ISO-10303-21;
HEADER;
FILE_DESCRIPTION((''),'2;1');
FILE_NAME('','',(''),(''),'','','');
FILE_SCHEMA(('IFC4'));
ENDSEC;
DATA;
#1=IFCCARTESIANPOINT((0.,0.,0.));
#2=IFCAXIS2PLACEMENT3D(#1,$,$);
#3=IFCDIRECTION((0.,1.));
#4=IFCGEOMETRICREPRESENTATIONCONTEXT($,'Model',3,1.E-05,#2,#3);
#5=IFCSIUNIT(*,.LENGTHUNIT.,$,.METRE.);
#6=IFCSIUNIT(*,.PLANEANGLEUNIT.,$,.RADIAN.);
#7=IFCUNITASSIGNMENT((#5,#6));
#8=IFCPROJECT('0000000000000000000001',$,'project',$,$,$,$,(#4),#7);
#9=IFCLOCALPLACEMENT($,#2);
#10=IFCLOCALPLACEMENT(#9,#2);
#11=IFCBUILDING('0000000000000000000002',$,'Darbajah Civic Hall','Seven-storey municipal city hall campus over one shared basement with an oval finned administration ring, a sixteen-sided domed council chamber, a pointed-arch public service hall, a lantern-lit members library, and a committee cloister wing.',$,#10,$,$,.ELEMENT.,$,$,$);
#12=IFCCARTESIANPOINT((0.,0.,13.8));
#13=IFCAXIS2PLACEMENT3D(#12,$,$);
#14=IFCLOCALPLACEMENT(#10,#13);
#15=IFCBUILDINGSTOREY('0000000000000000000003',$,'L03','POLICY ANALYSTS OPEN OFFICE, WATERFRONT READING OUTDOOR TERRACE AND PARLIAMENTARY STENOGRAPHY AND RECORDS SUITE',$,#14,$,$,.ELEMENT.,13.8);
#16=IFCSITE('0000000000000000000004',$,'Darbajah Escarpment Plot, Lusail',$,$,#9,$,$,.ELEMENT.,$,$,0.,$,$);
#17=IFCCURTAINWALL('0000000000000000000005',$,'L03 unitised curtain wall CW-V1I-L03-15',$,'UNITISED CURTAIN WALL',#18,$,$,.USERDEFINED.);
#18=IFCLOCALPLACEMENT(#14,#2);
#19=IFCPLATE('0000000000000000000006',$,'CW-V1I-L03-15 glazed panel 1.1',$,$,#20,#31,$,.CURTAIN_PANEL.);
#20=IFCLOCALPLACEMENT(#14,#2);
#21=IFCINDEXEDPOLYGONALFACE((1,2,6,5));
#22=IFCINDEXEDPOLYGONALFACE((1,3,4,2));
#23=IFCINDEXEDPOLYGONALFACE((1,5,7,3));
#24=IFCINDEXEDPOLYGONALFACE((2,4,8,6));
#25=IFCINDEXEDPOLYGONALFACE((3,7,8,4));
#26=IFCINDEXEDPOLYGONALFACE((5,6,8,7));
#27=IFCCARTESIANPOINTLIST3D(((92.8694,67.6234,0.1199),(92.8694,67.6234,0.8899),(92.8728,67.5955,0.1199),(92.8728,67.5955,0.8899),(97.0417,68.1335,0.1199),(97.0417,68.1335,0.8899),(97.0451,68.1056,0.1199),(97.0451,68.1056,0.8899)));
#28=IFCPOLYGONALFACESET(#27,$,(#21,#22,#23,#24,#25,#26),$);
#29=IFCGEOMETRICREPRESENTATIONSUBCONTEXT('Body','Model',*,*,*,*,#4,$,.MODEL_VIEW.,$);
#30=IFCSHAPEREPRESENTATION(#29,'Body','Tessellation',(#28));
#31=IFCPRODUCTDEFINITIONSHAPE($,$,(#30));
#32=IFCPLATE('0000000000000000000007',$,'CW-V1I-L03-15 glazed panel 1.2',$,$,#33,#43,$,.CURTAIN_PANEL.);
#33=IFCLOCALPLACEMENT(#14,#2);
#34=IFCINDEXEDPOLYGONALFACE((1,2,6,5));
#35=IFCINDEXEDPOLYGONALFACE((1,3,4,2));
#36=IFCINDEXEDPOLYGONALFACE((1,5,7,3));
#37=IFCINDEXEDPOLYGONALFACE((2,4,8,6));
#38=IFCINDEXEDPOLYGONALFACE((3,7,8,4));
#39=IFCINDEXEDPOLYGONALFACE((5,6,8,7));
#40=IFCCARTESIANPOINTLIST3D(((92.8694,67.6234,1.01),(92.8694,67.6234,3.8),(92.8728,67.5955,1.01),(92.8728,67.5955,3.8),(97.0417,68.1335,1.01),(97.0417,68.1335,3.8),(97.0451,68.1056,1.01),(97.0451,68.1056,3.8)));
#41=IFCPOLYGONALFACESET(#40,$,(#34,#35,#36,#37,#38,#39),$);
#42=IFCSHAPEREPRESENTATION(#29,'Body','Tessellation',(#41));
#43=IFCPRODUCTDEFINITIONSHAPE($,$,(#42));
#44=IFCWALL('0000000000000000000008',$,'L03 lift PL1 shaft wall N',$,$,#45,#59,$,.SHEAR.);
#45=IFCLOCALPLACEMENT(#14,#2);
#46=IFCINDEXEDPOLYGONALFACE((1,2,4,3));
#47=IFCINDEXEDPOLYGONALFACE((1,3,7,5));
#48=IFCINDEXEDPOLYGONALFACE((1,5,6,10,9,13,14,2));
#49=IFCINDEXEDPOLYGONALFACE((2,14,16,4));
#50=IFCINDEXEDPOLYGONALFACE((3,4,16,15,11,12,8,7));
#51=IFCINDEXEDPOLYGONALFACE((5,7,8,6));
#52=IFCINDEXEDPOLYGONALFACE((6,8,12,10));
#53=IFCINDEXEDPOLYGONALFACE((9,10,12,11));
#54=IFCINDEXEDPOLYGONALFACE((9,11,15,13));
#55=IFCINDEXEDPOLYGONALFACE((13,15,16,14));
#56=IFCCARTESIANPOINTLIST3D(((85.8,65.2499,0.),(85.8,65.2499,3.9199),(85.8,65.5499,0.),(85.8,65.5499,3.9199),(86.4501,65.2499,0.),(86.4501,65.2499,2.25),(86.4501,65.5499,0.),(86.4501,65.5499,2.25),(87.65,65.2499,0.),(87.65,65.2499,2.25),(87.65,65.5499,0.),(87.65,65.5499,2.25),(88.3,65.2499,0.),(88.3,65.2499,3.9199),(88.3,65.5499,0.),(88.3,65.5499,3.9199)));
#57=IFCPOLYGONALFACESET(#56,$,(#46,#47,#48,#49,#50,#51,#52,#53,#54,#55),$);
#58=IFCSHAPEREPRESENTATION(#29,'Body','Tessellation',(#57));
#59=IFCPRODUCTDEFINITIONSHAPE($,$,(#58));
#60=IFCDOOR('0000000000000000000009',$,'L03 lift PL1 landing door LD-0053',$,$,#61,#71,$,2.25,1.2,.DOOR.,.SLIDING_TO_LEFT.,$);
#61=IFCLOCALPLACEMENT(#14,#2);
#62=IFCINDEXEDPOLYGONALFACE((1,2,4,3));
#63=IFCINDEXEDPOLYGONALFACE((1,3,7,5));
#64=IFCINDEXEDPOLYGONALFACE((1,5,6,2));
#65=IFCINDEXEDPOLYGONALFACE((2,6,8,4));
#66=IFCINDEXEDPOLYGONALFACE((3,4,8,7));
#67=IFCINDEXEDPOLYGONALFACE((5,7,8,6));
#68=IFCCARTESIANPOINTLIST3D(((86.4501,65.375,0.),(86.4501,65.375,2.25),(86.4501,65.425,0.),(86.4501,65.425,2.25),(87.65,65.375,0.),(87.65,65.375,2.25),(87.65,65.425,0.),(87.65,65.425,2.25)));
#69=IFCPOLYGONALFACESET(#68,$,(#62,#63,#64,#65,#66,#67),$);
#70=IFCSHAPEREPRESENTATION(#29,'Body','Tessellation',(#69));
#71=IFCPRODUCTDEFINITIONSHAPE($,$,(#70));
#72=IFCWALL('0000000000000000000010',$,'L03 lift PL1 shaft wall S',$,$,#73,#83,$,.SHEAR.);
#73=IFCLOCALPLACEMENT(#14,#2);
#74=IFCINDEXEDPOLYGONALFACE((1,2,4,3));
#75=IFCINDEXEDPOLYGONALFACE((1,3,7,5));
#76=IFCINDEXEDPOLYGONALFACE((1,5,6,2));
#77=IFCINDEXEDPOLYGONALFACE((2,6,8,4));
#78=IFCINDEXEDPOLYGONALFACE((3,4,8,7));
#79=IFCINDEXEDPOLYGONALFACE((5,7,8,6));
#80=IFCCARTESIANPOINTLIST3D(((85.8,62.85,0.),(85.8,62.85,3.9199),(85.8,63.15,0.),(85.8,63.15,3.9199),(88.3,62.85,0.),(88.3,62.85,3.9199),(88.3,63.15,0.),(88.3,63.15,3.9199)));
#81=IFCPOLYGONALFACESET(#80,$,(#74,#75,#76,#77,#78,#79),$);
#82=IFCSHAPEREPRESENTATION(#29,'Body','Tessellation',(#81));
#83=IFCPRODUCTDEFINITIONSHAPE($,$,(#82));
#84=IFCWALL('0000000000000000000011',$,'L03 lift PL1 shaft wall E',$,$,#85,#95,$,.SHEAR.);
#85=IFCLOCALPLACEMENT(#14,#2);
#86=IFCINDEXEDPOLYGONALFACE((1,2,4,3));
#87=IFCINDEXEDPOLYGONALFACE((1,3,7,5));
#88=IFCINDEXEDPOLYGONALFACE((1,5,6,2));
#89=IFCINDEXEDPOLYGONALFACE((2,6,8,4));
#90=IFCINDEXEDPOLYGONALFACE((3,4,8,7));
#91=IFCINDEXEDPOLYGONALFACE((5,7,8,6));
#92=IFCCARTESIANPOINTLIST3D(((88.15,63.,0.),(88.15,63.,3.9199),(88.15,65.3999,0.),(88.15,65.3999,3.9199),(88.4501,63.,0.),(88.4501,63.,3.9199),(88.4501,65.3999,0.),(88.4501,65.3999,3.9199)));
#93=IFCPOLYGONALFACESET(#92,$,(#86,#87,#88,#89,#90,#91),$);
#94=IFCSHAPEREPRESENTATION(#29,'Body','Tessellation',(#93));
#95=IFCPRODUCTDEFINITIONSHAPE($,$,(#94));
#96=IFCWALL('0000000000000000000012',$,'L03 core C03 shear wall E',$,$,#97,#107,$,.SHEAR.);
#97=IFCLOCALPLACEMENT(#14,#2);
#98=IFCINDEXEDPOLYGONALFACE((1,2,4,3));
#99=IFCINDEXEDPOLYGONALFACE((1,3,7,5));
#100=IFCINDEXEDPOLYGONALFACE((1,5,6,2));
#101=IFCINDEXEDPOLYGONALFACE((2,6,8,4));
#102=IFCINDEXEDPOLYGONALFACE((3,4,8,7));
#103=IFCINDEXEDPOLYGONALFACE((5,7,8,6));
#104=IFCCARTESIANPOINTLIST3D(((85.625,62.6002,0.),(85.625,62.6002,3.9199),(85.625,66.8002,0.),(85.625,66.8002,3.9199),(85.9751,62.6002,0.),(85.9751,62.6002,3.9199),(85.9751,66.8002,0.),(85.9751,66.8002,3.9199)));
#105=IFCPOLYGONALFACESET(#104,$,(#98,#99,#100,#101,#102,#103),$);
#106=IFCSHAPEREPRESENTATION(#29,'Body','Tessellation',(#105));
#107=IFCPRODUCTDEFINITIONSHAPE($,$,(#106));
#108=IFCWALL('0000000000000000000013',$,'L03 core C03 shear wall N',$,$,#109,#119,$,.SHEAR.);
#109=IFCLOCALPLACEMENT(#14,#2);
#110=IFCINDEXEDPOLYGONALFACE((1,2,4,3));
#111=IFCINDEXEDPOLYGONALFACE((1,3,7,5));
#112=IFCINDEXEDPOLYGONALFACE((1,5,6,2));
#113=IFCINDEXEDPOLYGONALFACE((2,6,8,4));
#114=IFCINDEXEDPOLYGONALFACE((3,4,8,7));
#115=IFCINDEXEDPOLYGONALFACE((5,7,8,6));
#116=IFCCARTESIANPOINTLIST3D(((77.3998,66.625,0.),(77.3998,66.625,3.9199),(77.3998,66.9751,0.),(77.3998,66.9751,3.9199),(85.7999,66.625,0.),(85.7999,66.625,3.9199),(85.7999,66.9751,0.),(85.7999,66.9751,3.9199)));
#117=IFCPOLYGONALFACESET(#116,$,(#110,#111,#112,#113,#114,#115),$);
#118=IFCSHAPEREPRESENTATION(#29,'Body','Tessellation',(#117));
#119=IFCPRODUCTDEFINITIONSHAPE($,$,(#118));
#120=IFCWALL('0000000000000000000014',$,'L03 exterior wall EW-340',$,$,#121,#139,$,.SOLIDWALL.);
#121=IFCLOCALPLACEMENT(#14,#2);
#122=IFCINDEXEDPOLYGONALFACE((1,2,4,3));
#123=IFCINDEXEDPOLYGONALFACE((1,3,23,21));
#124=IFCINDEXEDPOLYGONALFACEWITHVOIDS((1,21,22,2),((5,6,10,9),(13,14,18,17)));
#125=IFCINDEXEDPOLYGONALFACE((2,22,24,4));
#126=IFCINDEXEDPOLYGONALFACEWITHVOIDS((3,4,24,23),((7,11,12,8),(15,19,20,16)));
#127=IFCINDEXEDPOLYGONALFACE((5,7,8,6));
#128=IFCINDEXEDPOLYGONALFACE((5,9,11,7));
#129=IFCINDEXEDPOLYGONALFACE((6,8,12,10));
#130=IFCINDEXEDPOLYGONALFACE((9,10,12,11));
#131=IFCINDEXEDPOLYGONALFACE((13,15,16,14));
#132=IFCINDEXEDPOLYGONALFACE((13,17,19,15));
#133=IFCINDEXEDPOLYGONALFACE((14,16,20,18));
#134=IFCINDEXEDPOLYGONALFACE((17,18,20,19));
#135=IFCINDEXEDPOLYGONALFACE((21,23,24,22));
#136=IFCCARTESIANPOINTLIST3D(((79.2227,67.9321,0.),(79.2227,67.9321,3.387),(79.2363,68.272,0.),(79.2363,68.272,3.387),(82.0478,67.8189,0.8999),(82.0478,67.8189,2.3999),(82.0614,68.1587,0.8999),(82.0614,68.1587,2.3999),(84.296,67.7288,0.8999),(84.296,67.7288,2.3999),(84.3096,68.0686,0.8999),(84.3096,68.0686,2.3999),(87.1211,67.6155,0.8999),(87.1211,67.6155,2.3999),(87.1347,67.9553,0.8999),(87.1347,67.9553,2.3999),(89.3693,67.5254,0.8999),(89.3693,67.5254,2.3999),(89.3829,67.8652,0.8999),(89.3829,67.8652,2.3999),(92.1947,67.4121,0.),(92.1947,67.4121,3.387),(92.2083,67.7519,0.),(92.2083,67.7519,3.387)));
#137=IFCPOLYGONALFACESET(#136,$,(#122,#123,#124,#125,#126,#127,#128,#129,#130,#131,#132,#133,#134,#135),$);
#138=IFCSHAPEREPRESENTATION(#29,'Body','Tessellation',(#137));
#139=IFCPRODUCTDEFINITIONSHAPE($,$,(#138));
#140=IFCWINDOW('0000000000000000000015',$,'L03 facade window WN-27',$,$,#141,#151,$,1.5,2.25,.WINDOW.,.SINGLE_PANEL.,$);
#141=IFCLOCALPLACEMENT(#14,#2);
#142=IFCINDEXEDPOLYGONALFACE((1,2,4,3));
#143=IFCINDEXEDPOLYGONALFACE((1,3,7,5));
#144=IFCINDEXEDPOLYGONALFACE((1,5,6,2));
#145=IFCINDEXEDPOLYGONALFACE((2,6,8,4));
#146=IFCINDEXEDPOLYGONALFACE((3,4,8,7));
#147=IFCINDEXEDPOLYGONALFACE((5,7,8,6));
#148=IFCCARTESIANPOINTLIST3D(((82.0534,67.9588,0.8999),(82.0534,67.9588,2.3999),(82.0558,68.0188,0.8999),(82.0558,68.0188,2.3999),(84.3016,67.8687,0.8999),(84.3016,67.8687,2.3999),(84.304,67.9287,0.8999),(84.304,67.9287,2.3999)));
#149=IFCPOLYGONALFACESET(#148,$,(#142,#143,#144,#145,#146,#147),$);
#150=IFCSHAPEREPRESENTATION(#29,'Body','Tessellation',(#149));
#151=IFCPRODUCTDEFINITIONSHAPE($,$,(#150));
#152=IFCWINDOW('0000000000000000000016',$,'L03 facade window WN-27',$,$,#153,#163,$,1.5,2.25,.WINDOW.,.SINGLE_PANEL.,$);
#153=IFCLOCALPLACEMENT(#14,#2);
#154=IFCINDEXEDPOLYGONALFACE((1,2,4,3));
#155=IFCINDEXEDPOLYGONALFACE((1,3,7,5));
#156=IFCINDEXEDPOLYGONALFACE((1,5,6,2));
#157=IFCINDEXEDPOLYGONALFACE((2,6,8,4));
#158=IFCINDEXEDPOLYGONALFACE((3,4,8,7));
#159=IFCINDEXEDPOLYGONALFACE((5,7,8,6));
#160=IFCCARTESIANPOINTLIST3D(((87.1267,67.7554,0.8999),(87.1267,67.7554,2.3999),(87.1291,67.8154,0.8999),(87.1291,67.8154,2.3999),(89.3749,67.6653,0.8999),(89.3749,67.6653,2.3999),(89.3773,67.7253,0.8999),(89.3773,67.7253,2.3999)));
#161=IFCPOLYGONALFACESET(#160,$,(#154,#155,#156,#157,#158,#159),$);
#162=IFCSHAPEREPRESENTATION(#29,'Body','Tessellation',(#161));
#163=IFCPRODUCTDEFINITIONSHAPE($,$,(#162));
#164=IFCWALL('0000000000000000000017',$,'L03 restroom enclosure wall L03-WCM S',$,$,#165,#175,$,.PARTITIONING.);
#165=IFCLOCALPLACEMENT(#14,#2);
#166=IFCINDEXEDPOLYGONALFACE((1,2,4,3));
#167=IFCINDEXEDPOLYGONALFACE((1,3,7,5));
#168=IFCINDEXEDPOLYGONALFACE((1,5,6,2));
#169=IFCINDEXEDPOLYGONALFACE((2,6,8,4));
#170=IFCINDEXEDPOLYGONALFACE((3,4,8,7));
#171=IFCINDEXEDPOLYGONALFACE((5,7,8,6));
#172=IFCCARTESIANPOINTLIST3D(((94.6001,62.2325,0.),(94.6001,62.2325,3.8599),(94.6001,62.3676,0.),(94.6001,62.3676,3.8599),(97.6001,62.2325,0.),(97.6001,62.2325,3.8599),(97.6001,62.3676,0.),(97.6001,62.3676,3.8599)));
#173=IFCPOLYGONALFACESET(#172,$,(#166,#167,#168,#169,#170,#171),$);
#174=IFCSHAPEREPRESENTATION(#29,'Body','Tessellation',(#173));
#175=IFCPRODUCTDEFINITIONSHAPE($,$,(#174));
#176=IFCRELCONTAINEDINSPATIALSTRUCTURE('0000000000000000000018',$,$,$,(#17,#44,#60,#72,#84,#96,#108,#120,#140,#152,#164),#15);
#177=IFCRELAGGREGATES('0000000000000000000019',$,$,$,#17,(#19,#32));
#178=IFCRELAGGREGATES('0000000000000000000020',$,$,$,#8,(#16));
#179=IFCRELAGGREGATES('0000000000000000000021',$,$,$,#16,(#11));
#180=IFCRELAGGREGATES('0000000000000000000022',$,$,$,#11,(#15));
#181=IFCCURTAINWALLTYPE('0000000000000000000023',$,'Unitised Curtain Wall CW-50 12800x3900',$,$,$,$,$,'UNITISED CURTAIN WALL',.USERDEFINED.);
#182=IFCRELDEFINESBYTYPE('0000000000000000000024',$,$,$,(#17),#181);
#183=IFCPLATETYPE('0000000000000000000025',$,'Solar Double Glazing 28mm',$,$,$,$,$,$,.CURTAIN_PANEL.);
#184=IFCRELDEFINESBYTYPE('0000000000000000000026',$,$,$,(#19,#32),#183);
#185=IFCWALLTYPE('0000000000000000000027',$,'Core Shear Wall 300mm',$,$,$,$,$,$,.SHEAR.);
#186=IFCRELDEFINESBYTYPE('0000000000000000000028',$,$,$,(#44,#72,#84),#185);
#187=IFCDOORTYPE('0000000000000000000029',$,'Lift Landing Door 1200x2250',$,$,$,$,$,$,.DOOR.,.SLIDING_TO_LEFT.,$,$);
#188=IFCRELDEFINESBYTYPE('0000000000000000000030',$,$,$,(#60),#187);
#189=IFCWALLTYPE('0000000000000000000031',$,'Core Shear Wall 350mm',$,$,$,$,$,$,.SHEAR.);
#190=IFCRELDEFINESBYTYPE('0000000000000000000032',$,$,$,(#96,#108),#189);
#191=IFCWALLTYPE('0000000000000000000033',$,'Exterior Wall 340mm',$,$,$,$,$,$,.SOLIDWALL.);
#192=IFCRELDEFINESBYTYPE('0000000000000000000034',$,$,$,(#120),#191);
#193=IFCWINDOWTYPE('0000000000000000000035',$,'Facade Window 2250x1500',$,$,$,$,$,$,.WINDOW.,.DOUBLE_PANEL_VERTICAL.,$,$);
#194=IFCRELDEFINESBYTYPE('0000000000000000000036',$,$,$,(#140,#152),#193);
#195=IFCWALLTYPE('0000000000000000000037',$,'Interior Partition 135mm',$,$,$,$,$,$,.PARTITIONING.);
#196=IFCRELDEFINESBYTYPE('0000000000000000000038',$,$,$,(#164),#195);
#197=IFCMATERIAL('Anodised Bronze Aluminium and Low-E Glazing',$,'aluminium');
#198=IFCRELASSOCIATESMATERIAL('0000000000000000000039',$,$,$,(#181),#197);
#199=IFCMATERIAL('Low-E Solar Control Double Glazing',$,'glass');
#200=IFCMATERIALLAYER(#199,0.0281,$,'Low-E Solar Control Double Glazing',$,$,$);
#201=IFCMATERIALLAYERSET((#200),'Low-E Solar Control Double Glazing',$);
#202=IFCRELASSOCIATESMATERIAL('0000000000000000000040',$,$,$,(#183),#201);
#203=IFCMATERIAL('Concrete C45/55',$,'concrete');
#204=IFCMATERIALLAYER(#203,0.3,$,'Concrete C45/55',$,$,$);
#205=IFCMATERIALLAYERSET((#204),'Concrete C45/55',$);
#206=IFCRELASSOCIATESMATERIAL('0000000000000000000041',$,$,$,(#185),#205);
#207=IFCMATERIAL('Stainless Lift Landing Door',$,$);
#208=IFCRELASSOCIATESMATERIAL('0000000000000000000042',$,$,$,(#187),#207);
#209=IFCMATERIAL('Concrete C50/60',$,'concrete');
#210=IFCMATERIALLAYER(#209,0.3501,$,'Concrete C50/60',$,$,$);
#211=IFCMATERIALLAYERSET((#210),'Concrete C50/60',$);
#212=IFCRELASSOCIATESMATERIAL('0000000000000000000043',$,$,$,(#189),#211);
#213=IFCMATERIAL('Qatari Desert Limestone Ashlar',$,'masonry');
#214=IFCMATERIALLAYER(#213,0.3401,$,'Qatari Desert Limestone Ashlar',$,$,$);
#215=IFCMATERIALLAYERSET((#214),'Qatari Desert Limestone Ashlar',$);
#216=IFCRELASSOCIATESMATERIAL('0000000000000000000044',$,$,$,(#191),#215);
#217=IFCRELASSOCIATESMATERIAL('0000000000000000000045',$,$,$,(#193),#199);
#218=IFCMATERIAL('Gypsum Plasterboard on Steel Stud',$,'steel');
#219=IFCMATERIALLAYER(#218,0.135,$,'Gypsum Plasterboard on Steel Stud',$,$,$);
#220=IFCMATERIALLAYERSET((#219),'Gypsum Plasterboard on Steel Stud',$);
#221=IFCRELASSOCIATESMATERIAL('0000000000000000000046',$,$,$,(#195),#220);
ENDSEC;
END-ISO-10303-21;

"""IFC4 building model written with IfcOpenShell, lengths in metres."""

from ifc_helpers import new_model, si_unit, direction, frame, frame_2d, origin, origin_2d, place, context, subcontext, project, spatial, rectangle, extrude, material, layer, layer_set, type_object, element, fill, aggregate, save


model = new_model("IFC4")

# Units and contexts
model_context = context("Model", 3, precision=1e-05, world=origin(), true_north=direction((0.0, 1.0)))
body_context = subcontext(model_context, "Body", "Model", "MODEL_VIEW")
ifc_project = project(units=[si_unit("LENGTHUNIT", "METRE"), si_unit("PLANEANGLEUNIT", "RADIAN")], contexts=[model_context])

# Site, building, storey
site_placement = place(None, origin())
site = spatial("IfcSite", under=ifc_project, at=site_placement, Name="Darbajah Escarpment Plot, Lusail", CompositionType="ELEMENT", RefElevation=0.0)
building_placement = place(site_placement, origin())
building = spatial("IfcBuilding", under=site, at=building_placement, Name="Darbajah Civic Hall", Description="Seven-storey municipal city hall campus over one shared basement with an oval finned administration ring, a sixteen-sided domed council chamber, a pointed-arch public service hall, a lantern-lit members library, and a committee cloister wing.", CompositionType="ELEMENT")
storey_placement = place(building_placement, frame((0.0, 0.0, 13.8)))
storey = spatial("IfcBuildingStorey", under=building, at=storey_placement, Name="L03", Description="POLICY ANALYSTS OPEN OFFICE, WATERFRONT READING OUTDOOR TERRACE AND PARLIAMENTARY STENOGRAPHY AND RECORDS SUITE", CompositionType="ELEMENT", Elevation=13.8)

# Shared definitions
ifc_material_1 = material(Name="Concrete C45/55", Category="concrete")

# Curtain wall
ifc_material_2 = material(Name="Anodised Bronze Aluminium and Low-E Glazing", Category="aluminium")
curtain_wall_type = type_object("IfcCurtainWallType", Name="Unitised Curtain Wall CW-50 12800x3900", ElementType="UNITISED CURTAIN WALL", PredefinedType="USERDEFINED", material=ifc_material_2)
curtain_wall_placement = place(storey_placement, origin())
curtain_wall = element("IfcCurtainWall", 1, at=curtain_wall_placement, inside=storey, type_object=curtain_wall_type, Name="L03 unitised curtain wall CW-V1I-L03-15", ObjectType="UNITISED CURTAIN WALL", PredefinedType="USERDEFINED")

# Plates
ifc_material_3 = material(Name="Low-E Solar Control Double Glazing", Category="glass")
ifc_layer_1 = layer(ifc_material_3, 0.0281, Name="Low-E Solar Control Double Glazing")
ifc_layer_set_1 = layer_set([ifc_layer_1], Name="Low-E Solar Control Double Glazing")
plate_type = type_object("IfcPlateType", Name="Solar Double Glazing 28mm", PredefinedType="CURTAIN_PANEL", material=ifc_layer_set_1)
plate_1_placement = place(storey_placement, frame((94.9573, 67.8645, 0.1199), z_axis=(0.0, 0.0, 1.0), x_axis=(0.99261, 0.12135, 0.0)))
plate_1 = element("IfcPlate", 2, at=plate_1_placement, type_object=plate_type, Name="CW-V1I-L03-15 glazed panel 1.1", PredefinedType="CURTAIN_PANEL", context=body_context, shape_type="SweptSolid", body=[
    extrude(rectangle(XDim=4.2034, YDim=0.0281, at=origin_2d()), origin(), (0.0, 0.0, 1.0), 0.77),
])
plate_2_placement = place(storey_placement, frame((94.9573, 67.8645, 1.01), z_axis=(0.0, 0.0, 1.0), x_axis=(0.99261, 0.12135, 0.0)))
plate_2 = element("IfcPlate", 3, at=plate_2_placement, type_object=plate_type, Name="CW-V1I-L03-15 glazed panel 1.2", PredefinedType="CURTAIN_PANEL", context=body_context, shape_type="SweptSolid", body=[
    extrude(rectangle(XDim=4.2034, YDim=0.0281, at=origin_2d()), origin(), (0.0, 0.0, 1.0), 2.79),
])
aggregate(curtain_wall, [plate_1, plate_2])

# Wall, opening, door
ifc_layer_2 = layer(ifc_material_1, 0.3, Name="Concrete C45/55")
ifc_layer_set_2 = layer_set([ifc_layer_2], Name="Concrete C45/55")
wall_type_1 = type_object("IfcWallType", Name="Core Shear Wall 300mm", PredefinedType="SHEAR", material=ifc_layer_set_2)
wall_1_placement = place(storey_placement, frame((88.3, 65.3999, 0.0), z_axis=(0.0, 0.0, 1.0), x_axis=(-1.0, 0.0, 0.0)))
wall_1 = element("IfcWall", 4, at=wall_1_placement, inside=storey, type_object=wall_type_1, Name="L03 lift PL1 shaft wall N", PredefinedType="SHEAR", context=body_context, shape_type="SweptSolid", body=[
    extrude(rectangle(XDim=2.5, YDim=0.3, at=frame_2d((1.25, 0.0))), origin(), (0.0, 0.0, 1.0), 3.9199),
])
opening_1_placement = place(wall_1_placement, frame((0.6499, 0.0, 0.0)))
opening_1 = element("IfcOpeningElement", 5, at=opening_1_placement, cuts=wall_1, PredefinedType="OPENING", context=body_context, shape_type="SweptSolid", body=[
    extrude(rectangle(XDim=1.2, YDim=2.25, at=frame_2d((0.6001, 1.125))), frame((0.0, 0.1599, 0.0), z_axis=(0.0, -1.0, 0.0), x_axis=(1.0, 0.0, 0.0)), (0.0, 0.0, 1.0), 0.3201),
])
ifc_material_4 = material(Name="Stainless Lift Landing Door")
door_type_1 = type_object("IfcDoorType", Name="Lift Landing Door 1200x2250", OperationType="SLIDING_TO_LEFT", PredefinedType="DOOR", material=ifc_material_4)
door_1_placement = place(opening_1_placement, origin())
door_1 = element("IfcDoor", 6, at=door_1_placement, inside=storey, type_object=door_type_1, Name="L03 lift PL1 landing door LD-0053", OperationType="SLIDING_TO_LEFT", OverallHeight=2.25, OverallWidth=1.2, PredefinedType="DOOR", context=body_context, shape_type="SweptSolid", body=[
    extrude(rectangle(XDim=1.2, YDim=2.25, at=frame_2d((0.6001, 1.125))), frame((0.0, 0.0249, 0.0), z_axis=(0.0, -1.0, 0.0), x_axis=(1.0, 0.0, 0.0)), (0.0, 0.0, 1.0), 0.05),
])
fill(opening_1, door_1)

# Walls
wall_2_placement = place(storey_placement, frame((85.8, 63.0, 0.0), z_axis=(0.0, 0.0, 1.0), x_axis=(1.0, 0.0, 0.0)))
element("IfcWall", 7, at=wall_2_placement, inside=storey, type_object=wall_type_1, Name="L03 lift PL1 shaft wall S", PredefinedType="SHEAR", context=body_context, shape_type="SweptSolid", body=[
    extrude(rectangle(XDim=2.5, YDim=0.3, at=frame_2d((1.25, 0.0))), origin(), (0.0, 0.0, 1.0), 3.9199),
])
wall_3_placement = place(storey_placement, frame((88.3, 63.0, 0.0), z_axis=(0.0, 0.0, 1.0), x_axis=(0.0, 1.0, 0.0)))
element("IfcWall", 8, at=wall_3_placement, inside=storey, type_object=wall_type_1, Name="L03 lift PL1 shaft wall E", PredefinedType="SHEAR", context=body_context, shape_type="SweptSolid", body=[
    extrude(rectangle(XDim=2.3999, YDim=0.3, at=frame_2d((1.2, 0.0))), origin(), (0.0, 0.0, 1.0), 3.9199),
])
ifc_material_5 = material(Name="Concrete C50/60", Category="concrete")
ifc_layer_3 = layer(ifc_material_5, 0.3501, Name="Concrete C50/60")
ifc_layer_set_3 = layer_set([ifc_layer_3], Name="Concrete C50/60")
wall_type_2 = type_object("IfcWallType", Name="Core Shear Wall 350mm", PredefinedType="SHEAR", material=ifc_layer_set_3)
wall_4_placement = place(storey_placement, frame((85.8, 62.6001, 0.0), z_axis=(0.0, 0.0, 1.0), x_axis=(0.0, 1.0, 0.0)))
element("IfcWall", 9, at=wall_4_placement, inside=storey, type_object=wall_type_2, Name="L03 core C03 shear wall E", PredefinedType="SHEAR", context=body_context, shape_type="SweptSolid", body=[
    extrude(rectangle(XDim=4.2, YDim=0.3501, at=frame_2d((2.1001, 0.0))), origin(), (0.0, 0.0, 1.0), 3.9199),
])
wall_5_placement = place(storey_placement, frame((85.8, 66.8, 0.0), z_axis=(0.0, 0.0, 1.0), x_axis=(-1.0, 0.0, 0.0)))
element("IfcWall", 10, at=wall_5_placement, inside=storey, type_object=wall_type_2, Name="L03 core C03 shear wall N", PredefinedType="SHEAR", context=body_context, shape_type="SweptSolid", body=[
    extrude(rectangle(XDim=8.4001, YDim=0.3501, at=frame_2d((4.2002, 0.0))), origin(), (0.0, 0.0, 1.0), 3.9199),
])

# Wall, openings, windows
ifc_material_6 = material(Name="Qatari Desert Limestone Ashlar", Category="masonry")
ifc_layer_4 = layer(ifc_material_6, 0.3401, Name="Qatari Desert Limestone Ashlar")
ifc_layer_set_4 = layer_set([ifc_layer_4], Name="Qatari Desert Limestone Ashlar")
wall_type_3 = type_object("IfcWallType", Name="Exterior Wall 340mm", PredefinedType="SOLIDWALL", material=ifc_layer_set_4)
wall_6_placement = place(storey_placement, frame((79.2295, 68.1021, 0.0), z_axis=(0.0, 0.0, 1.0), x_axis=(0.999197, -0.040056, 0.0)))
wall_6 = element("IfcWall", 11, at=wall_6_placement, inside=storey, type_object=wall_type_3, Name="L03 exterior wall EW-340", PredefinedType="SOLIDWALL", context=body_context, shape_type="SweptSolid", body=[
    extrude(rectangle(XDim=12.9824, YDim=0.3401, at=frame_2d((6.4912, 0.0))), origin(), (0.0, 0.0, 1.0), 3.387),
])
opening_2_placement = place(wall_6_placement, frame((2.8274, 0.0, 0.8999)))
opening_2 = element("IfcOpeningElement", 12, at=opening_2_placement, cuts=wall_6, PredefinedType="OPENING", context=body_context, shape_type="SweptSolid", body=[
    extrude(rectangle(XDim=2.25, YDim=1.5, at=frame_2d((1.125, 0.75))), frame((0.0, 0.1799, 0.0), z_axis=(0.0, -1.0, 0.0), x_axis=(1.0, 0.0, 0.0)), (0.0, 0.0, 1.0), 0.3601),
])
opening_3_placement = place(wall_6_placement, frame((7.9048, 0.0, 0.8999)))
opening_3 = element("IfcOpeningElement", 13, at=opening_3_placement, cuts=wall_6, PredefinedType="OPENING", context=body_context, shape_type="SweptSolid", body=[
    extrude(rectangle(XDim=2.25, YDim=1.5, at=frame_2d((1.125, 0.75))), frame((0.0, 0.1799, 0.0), z_axis=(0.0, -1.0, 0.0), x_axis=(1.0, 0.0, 0.0)), (0.0, 0.0, 1.0), 0.3601),
])
window_type = type_object("IfcWindowType", Name="Facade Window 2250x1500", PartitioningType="DOUBLE_PANEL_VERTICAL", PredefinedType="WINDOW", material=ifc_material_3)
window_1_placement = place(opening_2_placement, origin())
window_1 = element("IfcWindow", 14, at=window_1_placement, inside=storey, type_object=window_type, Name="L03 facade window WN-27", OverallHeight=1.5, OverallWidth=2.25, PartitioningType="SINGLE_PANEL", PredefinedType="WINDOW", context=body_context, shape_type="SweptSolid", body=[
    extrude(rectangle(XDim=2.25, YDim=1.5, at=frame_2d((1.125, 0.75))), frame((0.0, 0.03, 0.0), z_axis=(0.0, -1.0, 0.0), x_axis=(1.0, 0.0, 0.0)), (0.0, 0.0, 1.0), 0.0601),
])
fill(opening_2, window_1)
window_2_placement = place(opening_3_placement, origin())
window_2 = element("IfcWindow", 15, at=window_2_placement, inside=storey, type_object=window_type, Name="L03 facade window WN-27", OverallHeight=1.5, OverallWidth=2.25, PartitioningType="SINGLE_PANEL", PredefinedType="WINDOW", context=body_context, shape_type="SweptSolid", body=[
    extrude(rectangle(XDim=2.25, YDim=1.5, at=frame_2d((1.125, 0.75))), frame((0.0, 0.03, 0.0), z_axis=(0.0, -1.0, 0.0), x_axis=(1.0, 0.0, 0.0)), (0.0, 0.0, 1.0), 0.0601),
])
fill(opening_3, window_2)

# Wall
ifc_material_7 = material(Name="Gypsum Plasterboard on Steel Stud", Category="steel")
ifc_layer_5 = layer(ifc_material_7, 0.135, Name="Gypsum Plasterboard on Steel Stud")
ifc_layer_set_5 = layer_set([ifc_layer_5], Name="Gypsum Plasterboard on Steel Stud")
wall_type_4 = type_object("IfcWallType", Name="Interior Partition 135mm", PredefinedType="PARTITIONING", material=ifc_layer_set_5)
wall_7_placement = place(storey_placement, frame((94.6001, 62.3, 0.0), z_axis=(0.0, 0.0, 1.0), x_axis=(1.0, 0.0, 0.0)))
element("IfcWall", 16, at=wall_7_placement, inside=storey, type_object=wall_type_4, Name="L03 restroom enclosure wall L03-WCM S", PredefinedType="PARTITIONING", context=body_context, shape_type="SweptSolid", body=[
    extrude(rectangle(XDim=3.0, YDim=0.135, at=frame_2d((1.5, 0.0))), origin(), (0.0, 0.0, 1.0), 3.8599),
])

save(model, "model.ifc")
